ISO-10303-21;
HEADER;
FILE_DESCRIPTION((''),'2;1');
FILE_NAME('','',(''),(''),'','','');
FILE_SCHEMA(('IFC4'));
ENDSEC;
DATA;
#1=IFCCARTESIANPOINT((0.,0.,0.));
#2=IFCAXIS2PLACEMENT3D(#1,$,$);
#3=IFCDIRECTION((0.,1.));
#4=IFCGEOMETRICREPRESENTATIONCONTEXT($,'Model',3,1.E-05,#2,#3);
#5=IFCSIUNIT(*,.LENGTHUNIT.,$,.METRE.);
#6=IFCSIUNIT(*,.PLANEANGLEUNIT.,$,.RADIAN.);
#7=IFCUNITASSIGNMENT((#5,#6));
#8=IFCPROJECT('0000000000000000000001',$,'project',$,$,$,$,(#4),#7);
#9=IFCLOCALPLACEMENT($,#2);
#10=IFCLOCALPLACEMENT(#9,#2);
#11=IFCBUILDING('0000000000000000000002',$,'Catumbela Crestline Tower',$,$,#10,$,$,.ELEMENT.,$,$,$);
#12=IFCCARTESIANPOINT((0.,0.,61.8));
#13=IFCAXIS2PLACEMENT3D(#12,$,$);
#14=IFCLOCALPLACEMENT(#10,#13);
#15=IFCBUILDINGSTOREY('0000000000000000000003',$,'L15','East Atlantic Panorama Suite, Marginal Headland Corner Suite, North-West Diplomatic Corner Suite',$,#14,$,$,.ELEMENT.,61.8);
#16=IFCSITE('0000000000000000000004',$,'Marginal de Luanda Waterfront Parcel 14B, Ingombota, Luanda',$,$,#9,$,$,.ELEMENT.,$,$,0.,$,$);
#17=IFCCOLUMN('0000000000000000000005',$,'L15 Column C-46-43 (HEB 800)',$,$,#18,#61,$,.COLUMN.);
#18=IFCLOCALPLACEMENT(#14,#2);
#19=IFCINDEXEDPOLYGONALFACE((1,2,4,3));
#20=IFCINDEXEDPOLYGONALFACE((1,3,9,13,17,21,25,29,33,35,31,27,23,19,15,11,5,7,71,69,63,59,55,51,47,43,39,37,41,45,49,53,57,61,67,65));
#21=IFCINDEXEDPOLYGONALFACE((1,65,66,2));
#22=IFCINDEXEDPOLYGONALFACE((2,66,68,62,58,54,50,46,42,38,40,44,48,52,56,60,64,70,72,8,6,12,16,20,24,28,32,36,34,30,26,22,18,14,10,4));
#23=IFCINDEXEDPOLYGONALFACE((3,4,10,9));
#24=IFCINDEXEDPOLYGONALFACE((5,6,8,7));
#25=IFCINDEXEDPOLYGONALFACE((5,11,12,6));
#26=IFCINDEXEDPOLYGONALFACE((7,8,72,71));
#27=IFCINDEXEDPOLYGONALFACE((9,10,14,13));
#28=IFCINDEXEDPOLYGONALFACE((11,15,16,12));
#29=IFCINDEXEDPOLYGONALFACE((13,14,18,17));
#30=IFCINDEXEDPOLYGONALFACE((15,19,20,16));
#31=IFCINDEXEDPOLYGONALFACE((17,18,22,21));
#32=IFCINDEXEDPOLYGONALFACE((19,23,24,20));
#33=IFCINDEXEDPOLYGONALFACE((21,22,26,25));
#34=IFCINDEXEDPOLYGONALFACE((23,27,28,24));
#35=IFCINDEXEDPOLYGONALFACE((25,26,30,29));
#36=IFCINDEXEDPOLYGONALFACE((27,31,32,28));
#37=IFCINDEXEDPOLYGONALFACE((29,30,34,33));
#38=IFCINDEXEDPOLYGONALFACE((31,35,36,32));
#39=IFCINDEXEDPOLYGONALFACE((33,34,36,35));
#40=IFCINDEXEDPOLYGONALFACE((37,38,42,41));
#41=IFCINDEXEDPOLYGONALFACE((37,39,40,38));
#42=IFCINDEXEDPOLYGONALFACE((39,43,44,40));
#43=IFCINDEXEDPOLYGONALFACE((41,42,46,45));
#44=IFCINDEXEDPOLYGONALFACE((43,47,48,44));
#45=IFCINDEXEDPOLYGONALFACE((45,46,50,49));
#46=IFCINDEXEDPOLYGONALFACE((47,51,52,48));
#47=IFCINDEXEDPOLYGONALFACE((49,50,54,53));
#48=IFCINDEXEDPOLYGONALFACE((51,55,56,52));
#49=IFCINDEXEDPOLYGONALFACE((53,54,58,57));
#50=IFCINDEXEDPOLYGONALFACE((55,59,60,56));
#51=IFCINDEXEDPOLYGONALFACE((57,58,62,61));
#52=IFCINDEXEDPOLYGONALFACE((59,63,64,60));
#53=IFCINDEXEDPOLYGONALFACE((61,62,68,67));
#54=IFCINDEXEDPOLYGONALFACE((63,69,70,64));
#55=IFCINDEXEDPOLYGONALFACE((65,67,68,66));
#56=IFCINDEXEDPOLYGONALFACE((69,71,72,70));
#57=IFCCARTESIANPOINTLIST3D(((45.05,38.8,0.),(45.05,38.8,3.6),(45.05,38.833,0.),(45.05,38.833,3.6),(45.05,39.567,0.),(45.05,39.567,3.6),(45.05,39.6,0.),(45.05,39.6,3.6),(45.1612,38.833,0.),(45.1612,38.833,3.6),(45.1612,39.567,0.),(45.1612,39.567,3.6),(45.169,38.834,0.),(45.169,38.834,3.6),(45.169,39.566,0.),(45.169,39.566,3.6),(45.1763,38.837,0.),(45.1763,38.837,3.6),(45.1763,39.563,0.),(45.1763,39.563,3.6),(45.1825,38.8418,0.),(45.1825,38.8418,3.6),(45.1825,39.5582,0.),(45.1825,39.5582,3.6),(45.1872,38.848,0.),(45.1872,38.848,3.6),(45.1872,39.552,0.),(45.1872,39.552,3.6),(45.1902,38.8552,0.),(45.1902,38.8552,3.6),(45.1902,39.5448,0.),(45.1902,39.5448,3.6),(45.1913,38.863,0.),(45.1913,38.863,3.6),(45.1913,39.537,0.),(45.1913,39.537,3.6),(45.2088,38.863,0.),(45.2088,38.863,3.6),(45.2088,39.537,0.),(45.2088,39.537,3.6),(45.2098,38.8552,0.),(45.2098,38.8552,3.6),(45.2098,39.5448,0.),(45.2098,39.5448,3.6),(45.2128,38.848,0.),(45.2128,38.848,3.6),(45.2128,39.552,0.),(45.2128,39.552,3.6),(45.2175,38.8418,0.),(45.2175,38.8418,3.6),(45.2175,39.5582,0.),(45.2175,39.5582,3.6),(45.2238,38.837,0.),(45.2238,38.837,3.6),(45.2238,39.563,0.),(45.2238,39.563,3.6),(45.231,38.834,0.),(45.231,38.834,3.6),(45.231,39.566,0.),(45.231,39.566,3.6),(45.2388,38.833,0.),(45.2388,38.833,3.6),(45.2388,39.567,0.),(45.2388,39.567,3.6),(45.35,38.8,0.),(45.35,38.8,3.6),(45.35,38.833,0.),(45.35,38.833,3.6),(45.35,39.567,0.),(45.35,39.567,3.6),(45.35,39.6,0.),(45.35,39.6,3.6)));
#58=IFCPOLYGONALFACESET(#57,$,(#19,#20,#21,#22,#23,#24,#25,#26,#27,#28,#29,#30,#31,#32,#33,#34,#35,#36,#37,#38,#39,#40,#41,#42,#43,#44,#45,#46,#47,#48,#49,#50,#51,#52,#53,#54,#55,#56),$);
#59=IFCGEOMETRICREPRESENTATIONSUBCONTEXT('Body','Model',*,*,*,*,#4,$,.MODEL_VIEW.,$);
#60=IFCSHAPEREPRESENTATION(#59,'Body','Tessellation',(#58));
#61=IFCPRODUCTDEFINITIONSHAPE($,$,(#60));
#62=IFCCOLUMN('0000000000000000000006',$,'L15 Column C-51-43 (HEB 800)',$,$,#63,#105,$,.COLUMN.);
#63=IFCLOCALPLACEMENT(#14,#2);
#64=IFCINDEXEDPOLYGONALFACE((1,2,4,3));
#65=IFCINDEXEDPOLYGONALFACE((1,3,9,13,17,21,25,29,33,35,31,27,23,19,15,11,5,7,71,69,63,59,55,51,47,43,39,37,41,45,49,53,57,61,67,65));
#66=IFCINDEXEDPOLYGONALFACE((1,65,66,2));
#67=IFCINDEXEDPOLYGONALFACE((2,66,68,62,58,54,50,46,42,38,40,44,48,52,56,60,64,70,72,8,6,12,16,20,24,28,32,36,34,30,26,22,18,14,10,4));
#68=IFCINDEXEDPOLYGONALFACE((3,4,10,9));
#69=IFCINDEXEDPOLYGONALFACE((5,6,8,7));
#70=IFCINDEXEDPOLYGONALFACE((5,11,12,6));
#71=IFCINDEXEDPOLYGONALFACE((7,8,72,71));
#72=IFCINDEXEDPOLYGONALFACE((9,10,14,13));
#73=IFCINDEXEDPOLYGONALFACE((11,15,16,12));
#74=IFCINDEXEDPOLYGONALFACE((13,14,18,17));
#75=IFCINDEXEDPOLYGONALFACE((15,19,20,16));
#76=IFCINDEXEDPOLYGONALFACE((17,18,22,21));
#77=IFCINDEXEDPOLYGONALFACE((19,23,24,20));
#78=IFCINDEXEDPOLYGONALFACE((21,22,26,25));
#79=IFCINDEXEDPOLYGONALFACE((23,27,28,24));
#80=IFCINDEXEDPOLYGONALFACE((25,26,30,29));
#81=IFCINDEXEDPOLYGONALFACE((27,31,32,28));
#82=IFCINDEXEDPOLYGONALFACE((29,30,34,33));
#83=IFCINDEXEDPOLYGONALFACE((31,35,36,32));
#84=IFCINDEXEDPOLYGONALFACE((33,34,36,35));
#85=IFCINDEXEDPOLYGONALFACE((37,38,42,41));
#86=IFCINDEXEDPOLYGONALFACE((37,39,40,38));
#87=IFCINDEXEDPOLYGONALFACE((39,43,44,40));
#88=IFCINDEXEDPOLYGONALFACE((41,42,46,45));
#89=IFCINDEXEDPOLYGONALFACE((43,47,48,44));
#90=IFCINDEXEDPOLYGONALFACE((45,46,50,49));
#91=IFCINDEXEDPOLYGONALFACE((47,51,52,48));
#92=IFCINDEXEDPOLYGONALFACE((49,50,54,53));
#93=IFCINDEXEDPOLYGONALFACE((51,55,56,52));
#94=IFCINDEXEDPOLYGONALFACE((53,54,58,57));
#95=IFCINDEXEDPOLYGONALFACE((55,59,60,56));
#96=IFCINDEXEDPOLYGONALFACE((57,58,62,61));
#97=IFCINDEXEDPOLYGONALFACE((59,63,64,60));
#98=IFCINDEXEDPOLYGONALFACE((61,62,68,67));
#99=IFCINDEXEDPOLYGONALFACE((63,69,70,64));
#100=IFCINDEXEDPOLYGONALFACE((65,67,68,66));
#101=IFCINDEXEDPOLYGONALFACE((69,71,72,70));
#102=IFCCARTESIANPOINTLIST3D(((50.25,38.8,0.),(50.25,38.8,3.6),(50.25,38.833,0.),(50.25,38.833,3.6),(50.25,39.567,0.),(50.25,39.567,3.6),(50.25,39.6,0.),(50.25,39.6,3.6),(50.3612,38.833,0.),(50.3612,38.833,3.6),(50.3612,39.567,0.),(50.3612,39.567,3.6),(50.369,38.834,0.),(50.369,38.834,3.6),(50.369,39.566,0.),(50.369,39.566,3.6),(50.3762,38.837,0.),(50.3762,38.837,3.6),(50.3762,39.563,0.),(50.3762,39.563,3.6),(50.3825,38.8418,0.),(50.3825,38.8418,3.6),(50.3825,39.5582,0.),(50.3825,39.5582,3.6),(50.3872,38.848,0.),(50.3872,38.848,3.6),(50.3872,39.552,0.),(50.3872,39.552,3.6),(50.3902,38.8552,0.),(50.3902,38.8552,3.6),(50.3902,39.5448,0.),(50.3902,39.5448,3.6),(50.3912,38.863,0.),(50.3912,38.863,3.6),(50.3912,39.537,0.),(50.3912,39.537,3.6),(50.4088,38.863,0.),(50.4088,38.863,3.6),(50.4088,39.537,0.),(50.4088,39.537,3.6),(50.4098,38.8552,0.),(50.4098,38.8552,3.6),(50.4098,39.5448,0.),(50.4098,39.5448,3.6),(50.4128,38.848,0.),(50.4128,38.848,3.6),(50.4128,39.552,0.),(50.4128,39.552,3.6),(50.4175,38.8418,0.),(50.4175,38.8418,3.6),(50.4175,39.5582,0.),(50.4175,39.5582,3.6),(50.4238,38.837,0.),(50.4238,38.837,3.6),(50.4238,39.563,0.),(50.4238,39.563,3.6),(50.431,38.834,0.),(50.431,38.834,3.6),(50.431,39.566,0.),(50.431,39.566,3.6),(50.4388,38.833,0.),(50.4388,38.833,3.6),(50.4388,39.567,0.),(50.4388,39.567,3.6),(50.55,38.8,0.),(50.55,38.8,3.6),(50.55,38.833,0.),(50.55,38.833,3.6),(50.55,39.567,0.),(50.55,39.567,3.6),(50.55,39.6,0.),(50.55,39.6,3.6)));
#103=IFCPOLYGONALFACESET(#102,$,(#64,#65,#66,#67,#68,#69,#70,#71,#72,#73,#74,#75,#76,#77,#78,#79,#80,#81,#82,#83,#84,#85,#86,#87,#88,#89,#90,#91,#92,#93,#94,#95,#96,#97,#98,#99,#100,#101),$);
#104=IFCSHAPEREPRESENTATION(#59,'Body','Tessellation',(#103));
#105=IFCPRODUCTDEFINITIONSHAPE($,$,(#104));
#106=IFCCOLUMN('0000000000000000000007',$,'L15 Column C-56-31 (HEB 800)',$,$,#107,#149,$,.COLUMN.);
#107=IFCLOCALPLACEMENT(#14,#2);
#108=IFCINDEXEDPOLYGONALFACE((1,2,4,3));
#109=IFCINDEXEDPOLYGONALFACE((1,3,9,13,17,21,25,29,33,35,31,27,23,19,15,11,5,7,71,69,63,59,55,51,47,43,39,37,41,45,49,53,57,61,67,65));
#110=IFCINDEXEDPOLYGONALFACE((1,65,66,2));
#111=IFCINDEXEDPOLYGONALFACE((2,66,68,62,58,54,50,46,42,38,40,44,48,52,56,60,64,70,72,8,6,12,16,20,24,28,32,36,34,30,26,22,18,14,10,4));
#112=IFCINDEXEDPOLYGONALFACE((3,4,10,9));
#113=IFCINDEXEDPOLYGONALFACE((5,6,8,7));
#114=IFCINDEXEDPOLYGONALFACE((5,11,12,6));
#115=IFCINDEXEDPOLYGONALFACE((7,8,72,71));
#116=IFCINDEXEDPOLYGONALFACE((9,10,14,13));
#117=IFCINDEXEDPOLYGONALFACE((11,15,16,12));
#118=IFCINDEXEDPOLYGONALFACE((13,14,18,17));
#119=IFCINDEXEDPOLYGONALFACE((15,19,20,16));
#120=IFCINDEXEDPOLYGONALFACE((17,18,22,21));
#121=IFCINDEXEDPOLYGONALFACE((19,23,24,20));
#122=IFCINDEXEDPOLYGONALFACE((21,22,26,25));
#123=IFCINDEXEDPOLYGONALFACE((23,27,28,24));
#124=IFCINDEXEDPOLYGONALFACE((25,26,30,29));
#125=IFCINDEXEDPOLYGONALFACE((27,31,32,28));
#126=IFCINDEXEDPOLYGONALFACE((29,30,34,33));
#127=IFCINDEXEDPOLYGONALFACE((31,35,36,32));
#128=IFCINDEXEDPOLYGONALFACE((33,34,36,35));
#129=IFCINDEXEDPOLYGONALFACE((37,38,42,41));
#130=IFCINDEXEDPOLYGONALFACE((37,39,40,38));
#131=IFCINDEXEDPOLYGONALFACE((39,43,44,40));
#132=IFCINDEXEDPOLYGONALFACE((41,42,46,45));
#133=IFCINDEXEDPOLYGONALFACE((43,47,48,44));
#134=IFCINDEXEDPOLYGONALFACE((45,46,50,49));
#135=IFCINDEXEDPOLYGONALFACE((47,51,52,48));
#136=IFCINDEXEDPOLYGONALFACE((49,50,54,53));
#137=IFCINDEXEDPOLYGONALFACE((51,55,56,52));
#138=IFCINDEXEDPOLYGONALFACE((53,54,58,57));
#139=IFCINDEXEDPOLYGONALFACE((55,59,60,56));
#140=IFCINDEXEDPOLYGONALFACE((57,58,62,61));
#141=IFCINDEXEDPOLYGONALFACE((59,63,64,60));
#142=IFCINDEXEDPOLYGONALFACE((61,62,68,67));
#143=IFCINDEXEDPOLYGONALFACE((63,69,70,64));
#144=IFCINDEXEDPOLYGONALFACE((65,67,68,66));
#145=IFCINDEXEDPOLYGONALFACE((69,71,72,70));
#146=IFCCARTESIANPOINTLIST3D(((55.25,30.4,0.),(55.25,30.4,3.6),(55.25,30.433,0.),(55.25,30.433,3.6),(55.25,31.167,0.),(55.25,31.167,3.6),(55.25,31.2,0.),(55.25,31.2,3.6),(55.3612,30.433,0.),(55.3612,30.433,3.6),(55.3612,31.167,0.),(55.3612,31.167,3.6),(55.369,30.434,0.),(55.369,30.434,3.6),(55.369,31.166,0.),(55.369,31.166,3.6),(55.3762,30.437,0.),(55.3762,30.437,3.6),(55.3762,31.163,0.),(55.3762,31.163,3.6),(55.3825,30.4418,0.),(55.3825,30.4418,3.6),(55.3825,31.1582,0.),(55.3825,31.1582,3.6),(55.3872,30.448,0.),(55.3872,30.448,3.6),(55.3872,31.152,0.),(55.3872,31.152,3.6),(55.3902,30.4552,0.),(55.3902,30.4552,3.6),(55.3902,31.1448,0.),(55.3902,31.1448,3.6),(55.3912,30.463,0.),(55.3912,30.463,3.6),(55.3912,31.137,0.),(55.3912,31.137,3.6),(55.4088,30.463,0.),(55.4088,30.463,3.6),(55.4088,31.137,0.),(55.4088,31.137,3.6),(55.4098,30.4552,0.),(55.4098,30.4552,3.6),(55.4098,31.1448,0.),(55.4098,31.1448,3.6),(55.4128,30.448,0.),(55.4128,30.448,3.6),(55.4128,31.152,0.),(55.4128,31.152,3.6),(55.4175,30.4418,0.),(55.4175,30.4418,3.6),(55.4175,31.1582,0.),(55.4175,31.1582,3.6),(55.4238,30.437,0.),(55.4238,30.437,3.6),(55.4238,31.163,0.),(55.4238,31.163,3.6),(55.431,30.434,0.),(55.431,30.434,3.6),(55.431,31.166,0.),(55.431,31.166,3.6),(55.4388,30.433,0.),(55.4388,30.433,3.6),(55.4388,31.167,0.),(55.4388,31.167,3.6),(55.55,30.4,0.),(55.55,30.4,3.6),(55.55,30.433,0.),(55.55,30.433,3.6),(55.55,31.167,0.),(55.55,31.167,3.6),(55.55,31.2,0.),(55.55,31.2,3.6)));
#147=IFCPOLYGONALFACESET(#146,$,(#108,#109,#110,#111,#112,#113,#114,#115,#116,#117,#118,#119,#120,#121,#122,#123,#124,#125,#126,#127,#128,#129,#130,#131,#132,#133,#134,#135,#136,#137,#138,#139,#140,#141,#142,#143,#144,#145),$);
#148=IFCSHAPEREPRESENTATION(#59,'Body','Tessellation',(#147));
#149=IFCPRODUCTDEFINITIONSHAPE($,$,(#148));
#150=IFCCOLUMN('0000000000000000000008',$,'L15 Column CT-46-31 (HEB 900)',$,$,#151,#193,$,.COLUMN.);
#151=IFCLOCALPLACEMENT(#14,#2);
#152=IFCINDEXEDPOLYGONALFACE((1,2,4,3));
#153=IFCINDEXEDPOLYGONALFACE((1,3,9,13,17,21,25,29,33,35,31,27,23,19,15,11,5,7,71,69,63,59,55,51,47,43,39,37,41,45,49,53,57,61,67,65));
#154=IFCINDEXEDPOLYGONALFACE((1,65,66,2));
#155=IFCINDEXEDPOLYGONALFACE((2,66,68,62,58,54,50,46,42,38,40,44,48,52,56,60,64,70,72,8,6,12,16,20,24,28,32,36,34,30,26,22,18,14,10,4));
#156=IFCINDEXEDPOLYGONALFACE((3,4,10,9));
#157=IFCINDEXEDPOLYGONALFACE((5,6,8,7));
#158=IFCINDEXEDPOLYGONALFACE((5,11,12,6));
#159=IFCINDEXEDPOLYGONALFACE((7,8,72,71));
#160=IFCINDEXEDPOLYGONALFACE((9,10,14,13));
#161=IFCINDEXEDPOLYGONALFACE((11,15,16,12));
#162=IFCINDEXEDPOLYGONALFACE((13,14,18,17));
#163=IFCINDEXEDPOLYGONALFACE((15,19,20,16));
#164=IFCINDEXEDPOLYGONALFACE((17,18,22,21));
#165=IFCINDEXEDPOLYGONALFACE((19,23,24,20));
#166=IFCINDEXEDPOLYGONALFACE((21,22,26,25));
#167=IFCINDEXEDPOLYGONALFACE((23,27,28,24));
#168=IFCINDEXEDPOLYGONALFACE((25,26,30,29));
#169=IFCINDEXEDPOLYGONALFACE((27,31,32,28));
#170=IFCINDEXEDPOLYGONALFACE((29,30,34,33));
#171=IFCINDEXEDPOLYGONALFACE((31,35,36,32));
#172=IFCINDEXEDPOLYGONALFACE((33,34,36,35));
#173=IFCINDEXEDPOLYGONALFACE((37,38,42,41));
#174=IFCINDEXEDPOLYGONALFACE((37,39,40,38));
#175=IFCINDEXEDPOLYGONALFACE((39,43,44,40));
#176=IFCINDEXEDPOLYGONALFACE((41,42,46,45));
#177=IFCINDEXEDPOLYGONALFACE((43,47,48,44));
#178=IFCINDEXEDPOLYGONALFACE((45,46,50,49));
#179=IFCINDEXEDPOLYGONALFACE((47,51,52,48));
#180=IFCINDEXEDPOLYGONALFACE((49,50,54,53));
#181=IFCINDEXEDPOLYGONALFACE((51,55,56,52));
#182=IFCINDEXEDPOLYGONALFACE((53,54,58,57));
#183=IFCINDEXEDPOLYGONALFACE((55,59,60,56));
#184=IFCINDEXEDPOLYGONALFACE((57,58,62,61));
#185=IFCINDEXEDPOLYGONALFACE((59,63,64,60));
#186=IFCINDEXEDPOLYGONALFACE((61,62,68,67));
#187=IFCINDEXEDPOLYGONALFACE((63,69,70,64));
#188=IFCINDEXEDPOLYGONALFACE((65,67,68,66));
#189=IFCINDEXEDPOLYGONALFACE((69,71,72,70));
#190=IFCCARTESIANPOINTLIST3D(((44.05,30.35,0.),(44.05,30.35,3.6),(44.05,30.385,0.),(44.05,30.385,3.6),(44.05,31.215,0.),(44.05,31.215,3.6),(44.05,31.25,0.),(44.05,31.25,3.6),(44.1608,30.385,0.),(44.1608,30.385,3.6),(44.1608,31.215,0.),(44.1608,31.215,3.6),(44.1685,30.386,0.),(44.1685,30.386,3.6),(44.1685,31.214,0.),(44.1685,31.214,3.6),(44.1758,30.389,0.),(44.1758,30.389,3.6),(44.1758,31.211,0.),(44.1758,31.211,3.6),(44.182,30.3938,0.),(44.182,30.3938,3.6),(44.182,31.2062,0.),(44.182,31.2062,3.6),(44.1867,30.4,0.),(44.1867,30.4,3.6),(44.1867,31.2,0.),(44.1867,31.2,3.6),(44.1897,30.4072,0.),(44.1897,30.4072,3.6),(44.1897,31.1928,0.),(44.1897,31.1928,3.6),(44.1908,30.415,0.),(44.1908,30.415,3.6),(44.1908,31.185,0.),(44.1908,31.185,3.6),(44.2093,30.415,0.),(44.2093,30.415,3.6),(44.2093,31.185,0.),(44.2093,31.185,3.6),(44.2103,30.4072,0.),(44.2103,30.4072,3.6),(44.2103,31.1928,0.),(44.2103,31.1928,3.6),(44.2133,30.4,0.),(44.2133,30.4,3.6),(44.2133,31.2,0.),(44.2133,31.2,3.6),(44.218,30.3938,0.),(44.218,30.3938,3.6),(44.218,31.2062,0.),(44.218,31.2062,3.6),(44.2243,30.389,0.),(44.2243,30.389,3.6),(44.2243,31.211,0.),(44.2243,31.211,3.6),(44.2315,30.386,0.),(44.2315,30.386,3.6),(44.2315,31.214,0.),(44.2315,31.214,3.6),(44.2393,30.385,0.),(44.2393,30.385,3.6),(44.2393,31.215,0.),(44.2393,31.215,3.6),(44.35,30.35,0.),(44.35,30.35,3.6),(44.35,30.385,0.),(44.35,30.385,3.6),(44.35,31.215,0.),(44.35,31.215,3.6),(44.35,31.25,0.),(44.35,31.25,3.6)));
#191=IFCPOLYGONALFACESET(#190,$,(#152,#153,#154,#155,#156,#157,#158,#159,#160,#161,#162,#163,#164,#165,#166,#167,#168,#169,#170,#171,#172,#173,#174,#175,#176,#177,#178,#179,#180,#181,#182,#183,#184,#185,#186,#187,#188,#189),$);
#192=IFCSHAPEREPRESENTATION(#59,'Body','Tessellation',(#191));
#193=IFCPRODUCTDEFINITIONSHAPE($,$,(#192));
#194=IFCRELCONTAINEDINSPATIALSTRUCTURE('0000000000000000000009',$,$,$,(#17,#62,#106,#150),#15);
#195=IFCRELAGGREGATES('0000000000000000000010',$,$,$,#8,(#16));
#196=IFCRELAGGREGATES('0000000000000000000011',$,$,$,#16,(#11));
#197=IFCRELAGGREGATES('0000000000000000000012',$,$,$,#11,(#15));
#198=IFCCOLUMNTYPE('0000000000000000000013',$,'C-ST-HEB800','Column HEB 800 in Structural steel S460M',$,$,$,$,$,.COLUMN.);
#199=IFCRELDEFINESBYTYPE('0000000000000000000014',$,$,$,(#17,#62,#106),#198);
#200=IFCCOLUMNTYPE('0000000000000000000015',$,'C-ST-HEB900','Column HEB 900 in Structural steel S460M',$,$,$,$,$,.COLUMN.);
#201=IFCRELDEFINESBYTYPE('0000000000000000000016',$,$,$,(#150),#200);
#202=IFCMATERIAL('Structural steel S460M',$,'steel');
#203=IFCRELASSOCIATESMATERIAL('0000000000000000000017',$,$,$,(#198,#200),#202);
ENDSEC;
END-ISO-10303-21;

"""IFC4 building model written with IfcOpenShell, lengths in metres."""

from ifc_helpers import new_model, si_unit, direction, frame, origin, origin_2d, place, context, subcontext, project, spatial, i_section, extrude, material, material_profile, profile_set, type_object, element, save


model = new_model("IFC4")

# Units and contexts
model_context = context("Model", 3, precision=1e-05, world=origin(), true_north=direction((0.0, 1.0)))
body_context = subcontext(model_context, "Body", "Model", "MODEL_VIEW")
ifc_project = project(units=[si_unit("LENGTHUNIT", "METRE"), si_unit("PLANEANGLEUNIT", "RADIAN")], contexts=[model_context])

# Site, building, storey
site_placement = place(None, origin())
site = spatial("IfcSite", under=ifc_project, at=site_placement, Name="Marginal de Luanda Waterfront Parcel 14B, Ingombota, Luanda", CompositionType="ELEMENT", RefElevation=0.0)
building_placement = place(site_placement, origin())
building = spatial("IfcBuilding", under=site, at=building_placement, Name="Catumbela Crestline Tower", CompositionType="ELEMENT")
storey_placement = place(building_placement, frame((0.0, 0.0, 61.8)))
storey = spatial("IfcBuildingStorey", under=building, at=storey_placement, Name="L15", Description="East Atlantic Panorama Suite, Marginal Headland Corner Suite, North-West Diplomatic Corner Suite", CompositionType="ELEMENT", Elevation=61.8)

# Columns
ifc_material_1 = material(Name="Structural steel S460M", Category="steel")
ifc_material_profile_1 = material_profile(ifc_material_1, i_section(OverallWidth=0.3, OverallDepth=0.8, WebThickness=0.0175, FlangeThickness=0.033, FilletRadius=0.03, at=origin_2d()), Name="HEB 800")
ifc_profile_set_1 = profile_set([ifc_material_profile_1], Name="Structural steel S460M")
column_type_1 = type_object("IfcColumnType", Name="C-ST-HEB800", Description="Column HEB 800 in Structural steel S460M", PredefinedType="COLUMN", material=ifc_profile_set_1)
for number, where, z_axis, x_axis, name in (
    (1, (45.2, 39.2, 0.0), (0.0, 0.0, 1.0), (1.0, 0.0, 0.0), "L15 Column C-46-43 (HEB 800)"),
    (2, (50.4, 39.2, 0.0), (0.0, 0.0, 1.0), (1.0, 0.0, 0.0), "L15 Column C-51-43 (HEB 800)"),
    (3, (55.4, 30.8, 0.0), (0.0, 0.0, 1.0), (1.0, 0.0, 0.0), "L15 Column C-56-31 (HEB 800)"),
):
    element("IfcColumn", number, at=place(storey_placement, frame(where, z_axis=z_axis, x_axis=x_axis)), inside=storey, type_object=column_type_1, Name=name, PredefinedType="COLUMN", context=body_context, shape_type="SweptSolid", body=[
        extrude(i_section(OverallWidth=0.3, OverallDepth=0.8, WebThickness=0.0175, FlangeThickness=0.033, FilletRadius=0.03, at=origin_2d()), origin(), (0.0, 0.0, 1.0), 3.6),
    ])
ifc_material_profile_2 = material_profile(ifc_material_1, i_section(OverallWidth=0.3, OverallDepth=0.9, WebThickness=0.0185, FlangeThickness=0.035, FilletRadius=0.03, at=origin_2d()), Name="HEB 900")
ifc_profile_set_2 = profile_set([ifc_material_profile_2], Name="Structural steel S460M")
column_type_2 = type_object("IfcColumnType", Name="C-ST-HEB900", Description="Column HEB 900 in Structural steel S460M", PredefinedType="COLUMN", material=ifc_profile_set_2)
for number, where, z_axis, x_axis, name in (
    (4, (44.2, 30.8, 0.0), (0.0, 0.0, 1.0), (1.0, 0.0, 0.0), "L15 Column CT-46-31 (HEB 900)"),
):
    element("IfcColumn", number, at=place(storey_placement, frame(where, z_axis=z_axis, x_axis=x_axis)), inside=storey, type_object=column_type_2, Name=name, PredefinedType="COLUMN", context=body_context, shape_type="SweptSolid", body=[
        extrude(i_section(OverallWidth=0.3, OverallDepth=0.9, WebThickness=0.0185, FlangeThickness=0.035, FilletRadius=0.03, at=origin_2d()), origin(), (0.0, 0.0, 1.0), 3.6),
    ])

save(model, "model.ifc")
